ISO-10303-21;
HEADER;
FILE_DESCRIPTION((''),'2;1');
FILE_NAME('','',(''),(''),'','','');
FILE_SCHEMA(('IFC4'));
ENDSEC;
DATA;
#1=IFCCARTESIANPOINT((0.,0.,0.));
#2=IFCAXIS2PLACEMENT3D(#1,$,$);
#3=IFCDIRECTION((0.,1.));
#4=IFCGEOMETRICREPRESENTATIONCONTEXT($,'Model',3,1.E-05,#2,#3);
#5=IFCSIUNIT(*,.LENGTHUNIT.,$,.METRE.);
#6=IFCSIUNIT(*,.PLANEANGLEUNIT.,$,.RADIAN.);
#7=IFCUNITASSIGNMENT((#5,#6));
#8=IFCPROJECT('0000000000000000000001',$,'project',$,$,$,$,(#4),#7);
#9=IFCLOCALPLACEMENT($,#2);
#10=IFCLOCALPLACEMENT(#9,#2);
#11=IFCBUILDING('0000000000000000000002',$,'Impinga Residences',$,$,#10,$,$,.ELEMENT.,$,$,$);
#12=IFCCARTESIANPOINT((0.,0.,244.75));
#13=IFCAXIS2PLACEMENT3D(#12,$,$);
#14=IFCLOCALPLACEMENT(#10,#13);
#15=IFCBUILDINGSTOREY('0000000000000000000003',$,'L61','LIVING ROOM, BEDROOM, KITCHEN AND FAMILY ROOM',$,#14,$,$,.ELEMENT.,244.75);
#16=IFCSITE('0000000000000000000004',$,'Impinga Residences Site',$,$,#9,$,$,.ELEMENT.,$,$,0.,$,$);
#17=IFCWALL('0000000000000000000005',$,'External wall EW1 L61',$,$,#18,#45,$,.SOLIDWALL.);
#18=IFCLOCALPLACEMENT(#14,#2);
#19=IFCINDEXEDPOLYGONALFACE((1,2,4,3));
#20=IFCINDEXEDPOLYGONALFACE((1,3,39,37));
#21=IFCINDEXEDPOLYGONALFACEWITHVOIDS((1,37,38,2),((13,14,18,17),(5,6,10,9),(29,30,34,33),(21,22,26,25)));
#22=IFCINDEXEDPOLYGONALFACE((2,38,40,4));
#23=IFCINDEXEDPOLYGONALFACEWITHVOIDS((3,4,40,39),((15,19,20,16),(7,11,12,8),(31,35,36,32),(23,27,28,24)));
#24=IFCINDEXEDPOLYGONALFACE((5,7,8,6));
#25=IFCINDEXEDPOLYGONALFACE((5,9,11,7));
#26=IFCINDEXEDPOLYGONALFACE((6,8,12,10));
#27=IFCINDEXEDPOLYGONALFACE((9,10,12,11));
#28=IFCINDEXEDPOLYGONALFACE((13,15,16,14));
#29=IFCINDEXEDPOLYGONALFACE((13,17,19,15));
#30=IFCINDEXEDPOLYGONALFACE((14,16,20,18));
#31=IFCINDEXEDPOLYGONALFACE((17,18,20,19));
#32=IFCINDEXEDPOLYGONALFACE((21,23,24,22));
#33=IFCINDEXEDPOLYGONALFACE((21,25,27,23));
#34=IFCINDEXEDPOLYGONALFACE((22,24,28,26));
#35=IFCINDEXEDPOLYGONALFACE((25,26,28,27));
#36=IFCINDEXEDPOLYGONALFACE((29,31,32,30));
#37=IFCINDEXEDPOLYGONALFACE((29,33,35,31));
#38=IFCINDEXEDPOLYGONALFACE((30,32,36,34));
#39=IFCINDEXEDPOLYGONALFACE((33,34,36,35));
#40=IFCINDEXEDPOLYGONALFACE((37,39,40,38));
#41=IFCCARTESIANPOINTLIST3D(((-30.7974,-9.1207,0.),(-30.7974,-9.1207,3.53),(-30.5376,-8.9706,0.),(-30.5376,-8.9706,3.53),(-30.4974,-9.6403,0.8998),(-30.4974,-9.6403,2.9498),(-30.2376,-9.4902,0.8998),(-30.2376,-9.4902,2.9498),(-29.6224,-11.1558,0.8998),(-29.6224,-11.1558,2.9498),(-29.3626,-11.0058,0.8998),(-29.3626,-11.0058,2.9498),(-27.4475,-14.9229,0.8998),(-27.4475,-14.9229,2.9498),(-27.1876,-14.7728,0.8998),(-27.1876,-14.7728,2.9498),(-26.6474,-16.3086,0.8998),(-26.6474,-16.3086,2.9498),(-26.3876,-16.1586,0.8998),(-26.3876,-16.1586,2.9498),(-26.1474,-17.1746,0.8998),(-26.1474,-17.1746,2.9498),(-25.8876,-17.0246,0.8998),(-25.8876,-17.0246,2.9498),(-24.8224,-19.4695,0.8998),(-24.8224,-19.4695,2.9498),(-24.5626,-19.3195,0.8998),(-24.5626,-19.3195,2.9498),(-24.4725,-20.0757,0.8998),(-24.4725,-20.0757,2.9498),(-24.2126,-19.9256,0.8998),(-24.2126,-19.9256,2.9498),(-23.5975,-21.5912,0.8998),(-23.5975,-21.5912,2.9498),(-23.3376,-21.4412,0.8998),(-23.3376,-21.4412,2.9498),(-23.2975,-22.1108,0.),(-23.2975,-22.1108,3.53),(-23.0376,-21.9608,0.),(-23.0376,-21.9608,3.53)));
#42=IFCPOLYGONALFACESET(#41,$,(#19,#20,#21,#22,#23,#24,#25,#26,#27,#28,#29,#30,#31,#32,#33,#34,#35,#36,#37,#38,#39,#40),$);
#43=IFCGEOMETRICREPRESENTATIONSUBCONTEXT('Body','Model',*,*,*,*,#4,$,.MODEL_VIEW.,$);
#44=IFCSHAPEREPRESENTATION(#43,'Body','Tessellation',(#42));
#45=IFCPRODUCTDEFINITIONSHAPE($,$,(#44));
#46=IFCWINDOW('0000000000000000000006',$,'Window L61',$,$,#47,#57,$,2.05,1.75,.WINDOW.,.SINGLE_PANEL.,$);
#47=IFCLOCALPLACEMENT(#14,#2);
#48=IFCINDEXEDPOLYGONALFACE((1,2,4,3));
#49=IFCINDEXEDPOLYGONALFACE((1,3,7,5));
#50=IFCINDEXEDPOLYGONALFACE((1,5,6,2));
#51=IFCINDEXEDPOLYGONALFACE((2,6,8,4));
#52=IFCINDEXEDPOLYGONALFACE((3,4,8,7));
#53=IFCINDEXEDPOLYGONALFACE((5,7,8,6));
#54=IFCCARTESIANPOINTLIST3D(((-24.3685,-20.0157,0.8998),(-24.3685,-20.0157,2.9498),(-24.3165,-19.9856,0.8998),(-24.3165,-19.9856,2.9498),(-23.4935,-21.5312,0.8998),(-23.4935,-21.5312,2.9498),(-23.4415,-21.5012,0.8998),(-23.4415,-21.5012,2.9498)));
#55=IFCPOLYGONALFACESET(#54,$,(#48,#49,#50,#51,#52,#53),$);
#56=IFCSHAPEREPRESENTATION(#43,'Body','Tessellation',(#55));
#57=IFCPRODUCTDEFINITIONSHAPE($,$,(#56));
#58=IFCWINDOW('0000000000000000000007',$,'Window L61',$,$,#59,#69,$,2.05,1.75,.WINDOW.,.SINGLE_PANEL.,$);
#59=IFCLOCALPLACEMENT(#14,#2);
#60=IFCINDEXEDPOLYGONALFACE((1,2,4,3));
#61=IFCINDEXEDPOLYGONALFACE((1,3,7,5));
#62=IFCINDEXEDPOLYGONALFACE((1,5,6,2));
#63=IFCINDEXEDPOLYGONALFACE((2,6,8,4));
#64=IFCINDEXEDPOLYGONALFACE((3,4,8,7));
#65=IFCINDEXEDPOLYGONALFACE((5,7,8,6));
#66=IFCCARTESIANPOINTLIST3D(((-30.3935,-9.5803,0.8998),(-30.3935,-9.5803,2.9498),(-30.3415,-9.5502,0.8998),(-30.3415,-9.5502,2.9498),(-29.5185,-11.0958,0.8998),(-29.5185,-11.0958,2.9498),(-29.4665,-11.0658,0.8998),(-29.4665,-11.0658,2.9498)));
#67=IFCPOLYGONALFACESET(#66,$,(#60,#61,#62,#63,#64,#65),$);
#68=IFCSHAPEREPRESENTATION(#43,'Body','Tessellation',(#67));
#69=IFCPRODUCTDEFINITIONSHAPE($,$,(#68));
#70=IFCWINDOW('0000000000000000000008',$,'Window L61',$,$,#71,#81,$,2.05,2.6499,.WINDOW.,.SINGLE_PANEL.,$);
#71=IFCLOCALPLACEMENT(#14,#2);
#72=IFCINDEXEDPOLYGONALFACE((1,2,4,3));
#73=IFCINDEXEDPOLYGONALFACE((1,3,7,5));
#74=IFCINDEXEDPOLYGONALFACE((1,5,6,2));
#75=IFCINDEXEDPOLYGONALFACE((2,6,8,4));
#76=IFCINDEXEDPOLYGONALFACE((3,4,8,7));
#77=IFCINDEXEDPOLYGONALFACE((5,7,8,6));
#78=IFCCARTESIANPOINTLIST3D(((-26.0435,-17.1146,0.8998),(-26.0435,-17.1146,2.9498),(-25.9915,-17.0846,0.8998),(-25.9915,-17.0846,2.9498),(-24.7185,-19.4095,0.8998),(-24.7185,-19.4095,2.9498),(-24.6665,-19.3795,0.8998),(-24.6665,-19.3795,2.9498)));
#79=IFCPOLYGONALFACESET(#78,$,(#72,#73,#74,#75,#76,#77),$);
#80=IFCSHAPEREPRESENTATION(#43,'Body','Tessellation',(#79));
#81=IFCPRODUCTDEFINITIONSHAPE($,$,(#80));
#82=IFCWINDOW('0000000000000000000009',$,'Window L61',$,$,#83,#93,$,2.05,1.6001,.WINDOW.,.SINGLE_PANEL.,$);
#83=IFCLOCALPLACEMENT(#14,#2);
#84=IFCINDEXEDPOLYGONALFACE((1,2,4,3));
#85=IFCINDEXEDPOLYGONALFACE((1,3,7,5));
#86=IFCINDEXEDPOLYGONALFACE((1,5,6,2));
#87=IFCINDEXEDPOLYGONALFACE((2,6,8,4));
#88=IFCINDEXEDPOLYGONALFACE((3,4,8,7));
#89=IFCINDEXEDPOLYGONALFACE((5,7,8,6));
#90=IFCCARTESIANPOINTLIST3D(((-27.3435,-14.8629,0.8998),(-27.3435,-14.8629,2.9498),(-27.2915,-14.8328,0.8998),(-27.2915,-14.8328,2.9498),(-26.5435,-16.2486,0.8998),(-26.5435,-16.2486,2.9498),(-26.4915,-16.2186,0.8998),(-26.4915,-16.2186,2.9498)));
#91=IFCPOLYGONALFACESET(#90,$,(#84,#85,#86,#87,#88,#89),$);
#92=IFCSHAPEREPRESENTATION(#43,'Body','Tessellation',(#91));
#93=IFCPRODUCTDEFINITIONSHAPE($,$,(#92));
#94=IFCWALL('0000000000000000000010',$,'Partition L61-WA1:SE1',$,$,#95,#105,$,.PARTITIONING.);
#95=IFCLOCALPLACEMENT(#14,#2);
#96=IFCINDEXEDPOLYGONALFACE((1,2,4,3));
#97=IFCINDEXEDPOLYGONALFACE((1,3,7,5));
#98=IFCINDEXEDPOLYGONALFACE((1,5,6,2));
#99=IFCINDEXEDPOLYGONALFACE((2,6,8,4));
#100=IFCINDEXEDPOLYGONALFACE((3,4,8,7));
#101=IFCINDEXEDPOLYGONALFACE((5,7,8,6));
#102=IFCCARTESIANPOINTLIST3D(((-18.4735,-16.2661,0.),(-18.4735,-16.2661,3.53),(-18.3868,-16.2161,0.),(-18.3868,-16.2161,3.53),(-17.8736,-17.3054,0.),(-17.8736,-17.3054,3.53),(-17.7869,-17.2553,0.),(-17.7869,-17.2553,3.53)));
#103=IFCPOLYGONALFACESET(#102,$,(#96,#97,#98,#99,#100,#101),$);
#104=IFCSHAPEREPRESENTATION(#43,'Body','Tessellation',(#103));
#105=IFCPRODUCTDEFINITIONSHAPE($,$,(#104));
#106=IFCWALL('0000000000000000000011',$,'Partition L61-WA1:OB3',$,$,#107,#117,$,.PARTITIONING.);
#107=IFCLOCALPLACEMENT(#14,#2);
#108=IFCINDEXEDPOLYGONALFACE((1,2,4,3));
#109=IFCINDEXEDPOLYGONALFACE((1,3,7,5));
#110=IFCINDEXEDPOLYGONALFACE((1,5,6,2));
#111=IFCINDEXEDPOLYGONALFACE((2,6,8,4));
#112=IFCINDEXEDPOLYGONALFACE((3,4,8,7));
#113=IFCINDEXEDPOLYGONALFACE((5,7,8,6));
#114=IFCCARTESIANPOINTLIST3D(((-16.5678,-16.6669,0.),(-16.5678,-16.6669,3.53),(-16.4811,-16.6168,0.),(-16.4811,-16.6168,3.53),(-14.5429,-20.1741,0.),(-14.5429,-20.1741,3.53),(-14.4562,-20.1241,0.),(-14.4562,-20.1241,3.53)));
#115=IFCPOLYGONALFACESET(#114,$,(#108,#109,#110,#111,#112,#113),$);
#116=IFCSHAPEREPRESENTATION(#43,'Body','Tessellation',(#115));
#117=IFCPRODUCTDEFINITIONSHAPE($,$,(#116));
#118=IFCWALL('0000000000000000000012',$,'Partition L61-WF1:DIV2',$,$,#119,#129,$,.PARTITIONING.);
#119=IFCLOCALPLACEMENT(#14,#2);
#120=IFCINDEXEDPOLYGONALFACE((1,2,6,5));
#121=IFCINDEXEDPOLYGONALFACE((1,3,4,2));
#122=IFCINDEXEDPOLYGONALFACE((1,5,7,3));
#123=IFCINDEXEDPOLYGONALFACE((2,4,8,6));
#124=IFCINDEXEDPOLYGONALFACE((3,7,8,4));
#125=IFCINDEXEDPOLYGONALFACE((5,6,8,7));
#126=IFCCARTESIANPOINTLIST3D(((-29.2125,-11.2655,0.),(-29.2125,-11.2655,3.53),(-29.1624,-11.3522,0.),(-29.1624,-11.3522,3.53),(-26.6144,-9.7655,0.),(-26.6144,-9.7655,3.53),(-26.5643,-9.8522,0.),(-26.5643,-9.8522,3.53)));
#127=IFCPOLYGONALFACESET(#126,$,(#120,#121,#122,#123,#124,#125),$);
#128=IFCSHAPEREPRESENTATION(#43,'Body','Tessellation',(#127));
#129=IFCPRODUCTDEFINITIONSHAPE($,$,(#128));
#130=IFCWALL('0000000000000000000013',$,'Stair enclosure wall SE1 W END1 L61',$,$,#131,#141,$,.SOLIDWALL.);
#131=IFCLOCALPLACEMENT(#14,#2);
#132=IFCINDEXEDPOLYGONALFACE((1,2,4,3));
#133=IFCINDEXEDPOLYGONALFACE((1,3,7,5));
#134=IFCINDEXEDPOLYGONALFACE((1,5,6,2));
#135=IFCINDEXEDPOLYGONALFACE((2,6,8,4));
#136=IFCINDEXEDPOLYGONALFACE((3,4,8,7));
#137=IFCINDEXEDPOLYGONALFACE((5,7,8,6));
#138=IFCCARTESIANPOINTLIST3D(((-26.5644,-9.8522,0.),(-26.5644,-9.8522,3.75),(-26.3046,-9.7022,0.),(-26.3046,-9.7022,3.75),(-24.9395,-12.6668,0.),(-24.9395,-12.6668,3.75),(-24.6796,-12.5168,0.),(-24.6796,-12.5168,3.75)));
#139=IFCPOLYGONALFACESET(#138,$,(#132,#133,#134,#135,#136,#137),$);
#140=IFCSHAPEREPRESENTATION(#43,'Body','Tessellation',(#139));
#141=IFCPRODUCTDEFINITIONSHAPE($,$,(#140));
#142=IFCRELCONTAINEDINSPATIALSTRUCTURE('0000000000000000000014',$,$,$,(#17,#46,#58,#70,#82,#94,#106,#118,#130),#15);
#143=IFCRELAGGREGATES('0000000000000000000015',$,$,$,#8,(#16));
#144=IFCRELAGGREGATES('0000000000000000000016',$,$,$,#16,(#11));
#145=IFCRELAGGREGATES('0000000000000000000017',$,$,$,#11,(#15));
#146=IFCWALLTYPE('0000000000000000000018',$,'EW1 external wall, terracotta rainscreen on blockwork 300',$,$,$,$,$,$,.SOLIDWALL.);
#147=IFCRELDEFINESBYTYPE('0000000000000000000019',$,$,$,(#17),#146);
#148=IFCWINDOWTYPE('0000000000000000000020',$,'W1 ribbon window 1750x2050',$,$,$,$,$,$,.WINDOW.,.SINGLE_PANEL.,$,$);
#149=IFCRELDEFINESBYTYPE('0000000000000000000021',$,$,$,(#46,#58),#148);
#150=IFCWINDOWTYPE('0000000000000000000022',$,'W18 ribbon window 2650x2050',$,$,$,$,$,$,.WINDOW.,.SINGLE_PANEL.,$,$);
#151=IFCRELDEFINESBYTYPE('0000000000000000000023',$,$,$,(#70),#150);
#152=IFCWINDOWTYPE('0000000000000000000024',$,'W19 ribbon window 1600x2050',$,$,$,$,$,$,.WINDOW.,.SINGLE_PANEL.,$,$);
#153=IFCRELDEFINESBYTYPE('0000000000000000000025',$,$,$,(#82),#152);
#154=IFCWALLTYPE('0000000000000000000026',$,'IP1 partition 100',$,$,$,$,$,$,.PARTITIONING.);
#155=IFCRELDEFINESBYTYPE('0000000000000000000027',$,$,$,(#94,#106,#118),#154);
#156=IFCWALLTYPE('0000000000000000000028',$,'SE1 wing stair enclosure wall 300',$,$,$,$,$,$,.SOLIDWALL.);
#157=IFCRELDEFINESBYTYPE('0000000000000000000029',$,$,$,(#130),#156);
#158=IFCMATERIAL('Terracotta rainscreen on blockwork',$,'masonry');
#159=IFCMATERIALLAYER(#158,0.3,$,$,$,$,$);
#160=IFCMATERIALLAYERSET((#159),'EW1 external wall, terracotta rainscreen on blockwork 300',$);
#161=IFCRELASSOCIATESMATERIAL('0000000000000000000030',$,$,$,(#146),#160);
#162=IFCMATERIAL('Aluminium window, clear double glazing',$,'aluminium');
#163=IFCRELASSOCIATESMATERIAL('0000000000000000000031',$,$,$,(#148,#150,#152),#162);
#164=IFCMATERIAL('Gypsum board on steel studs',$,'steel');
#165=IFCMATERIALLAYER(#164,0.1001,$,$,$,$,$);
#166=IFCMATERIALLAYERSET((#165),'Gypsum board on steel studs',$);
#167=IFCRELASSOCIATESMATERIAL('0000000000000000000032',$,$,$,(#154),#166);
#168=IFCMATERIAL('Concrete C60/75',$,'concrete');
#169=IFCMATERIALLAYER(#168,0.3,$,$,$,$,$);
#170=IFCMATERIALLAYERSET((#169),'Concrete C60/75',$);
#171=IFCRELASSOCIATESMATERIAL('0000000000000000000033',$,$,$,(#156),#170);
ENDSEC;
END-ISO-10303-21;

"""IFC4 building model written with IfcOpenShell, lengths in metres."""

from ifc_helpers import new_model, si_unit, direction, frame, frame_2d, origin, place, context, subcontext, project, spatial, rectangle, extrude, material, layer, layer_set, type_object, element, fill, save


model = new_model("IFC4")

# Units and contexts
model_context = context("Model", 3, precision=1e-05, world=origin(), true_north=direction((0.0, 1.0)))
body_context = subcontext(model_context, "Body", "Model", "MODEL_VIEW")
ifc_project = project(units=[si_unit("LENGTHUNIT", "METRE"), si_unit("PLANEANGLEUNIT", "RADIAN")], contexts=[model_context])

# Site, building, storey
site_placement = place(None, origin())
site = spatial("IfcSite", under=ifc_project, at=site_placement, Name="Impinga Residences Site", CompositionType="ELEMENT", RefElevation=0.0)
building_placement = place(site_placement, origin())
building = spatial("IfcBuilding", under=site, at=building_placement, Name="Impinga Residences", CompositionType="ELEMENT")
storey_placement = place(building_placement, frame((0.0, 0.0, 244.75)))
storey = spatial("IfcBuildingStorey", under=building, at=storey_placement, Name="L61", Description="LIVING ROOM, BEDROOM, KITCHEN AND FAMILY ROOM", CompositionType="ELEMENT", Elevation=244.75)

# Shared definitions
ifc_material_1 = material(Name="Concrete C60/75", Category="concrete")

# Shared definitions
ifc_material_2 = material(Name="Terracotta rainscreen on blockwork", Category="masonry")
ifc_layer_1 = layer(ifc_material_2, 0.3)
ifc_layer_set_1 = layer_set([ifc_layer_1], Name="EW1 external wall, terracotta rainscreen on blockwork 300")
wall_type_1 = type_object("IfcWallType", Name="EW1 external wall, terracotta rainscreen on blockwork 300", PredefinedType="SOLIDWALL", material=ifc_layer_set_1)

# Wall, openings, windows
wall_1_placement = place(storey_placement, frame((-23.1675, -22.0359, 0.0), z_axis=(0.0, 0.0, 1.0), x_axis=(-0.500004, 0.866023, 0.0)))
wall_1 = element("IfcWall", 1, at=wall_1_placement, inside=storey, type_object=wall_type_1, Name="External wall EW1 L61", PredefinedType="SOLIDWALL", context=body_context, shape_type="SweptSolid", body=[
    extrude(rectangle(XDim=14.9998, YDim=0.3, at=frame_2d((7.5, 0.0))), origin(), (0.0, 0.0, 1.0), 3.53),
])
opening_1_placement = place(wall_1_placement, frame((0.6001, 0.0, 0.8999)))
opening_1 = element("IfcOpeningElement", 2, at=opening_1_placement, cuts=wall_1, PredefinedType="OPENING", context=body_context, shape_type="SweptSolid", body=[
    extrude(rectangle(XDim=1.75, YDim=2.05, at=frame_2d((0.875, 1.0249))), frame((0.0, 0.1599, 0.0), z_axis=(0.0, -1.0, 0.0), x_axis=(1.0, 0.0, 0.0)), (0.0, 0.0, 1.0), 0.3201),
])
opening_2_placement = place(wall_1_placement, frame((3.05, 0.0, 0.8999)))
opening_2 = element("IfcOpeningElement", 3, at=opening_2_placement, cuts=wall_1, PredefinedType="OPENING", context=body_context, shape_type="SweptSolid", body=[
    extrude(rectangle(XDim=2.6499, YDim=2.05, at=frame_2d((1.325, 1.0249))), frame((0.0, 0.1599, 0.0), z_axis=(0.0, -1.0, 0.0), x_axis=(1.0, 0.0, 0.0)), (0.0, 0.0, 1.0), 0.3201),
])
opening_3_placement = place(wall_1_placement, frame((6.7, 0.0, 0.8999)))
opening_3 = element("IfcOpeningElement", 4, at=opening_3_placement, cuts=wall_1, PredefinedType="OPENING", context=body_context, shape_type="SweptSolid", body=[
    extrude(rectangle(XDim=1.6001, YDim=2.05, at=frame_2d((0.8, 1.0249))), frame((0.0, 0.1599, 0.0), z_axis=(0.0, -1.0, 0.0), x_axis=(1.0, 0.0, 0.0)), (0.0, 0.0, 1.0), 0.3201),
])
opening_4_placement = place(wall_1_placement, frame((12.6499, 0.0, 0.8999)))
opening_4 = element("IfcOpeningElement", 5, at=opening_4_placement, cuts=wall_1, PredefinedType="OPENING", context=body_context, shape_type="SweptSolid", body=[
    extrude(rectangle(XDim=1.75, YDim=2.05, at=frame_2d((0.875, 1.0249))), frame((0.0, 0.1599, 0.0), z_axis=(0.0, -1.0, 0.0), x_axis=(1.0, 0.0, 0.0)), (0.0, 0.0, 1.0), 0.3201),
])
ifc_material_3 = material(Name="Aluminium window, clear double glazing", Category="aluminium")
window_type_1 = type_object("IfcWindowType", Name="W1 ribbon window 1750x2050", PartitioningType="SINGLE_PANEL", PredefinedType="WINDOW", material=ifc_material_3)
window_1_placement = place(opening_1_placement, origin())
window_1 = element("IfcWindow", 6, at=window_1_placement, inside=storey, type_object=window_type_1, Name="Window L61", OverallHeight=2.05, OverallWidth=1.75, PartitioningType="SINGLE_PANEL", PredefinedType="WINDOW", context=body_context, shape_type="SweptSolid", body=[
    extrude(rectangle(XDim=1.75, YDim=2.05, at=frame_2d((0.875, 1.0249))), frame((0.0, 0.03, 0.0), z_axis=(0.0, -1.0, 0.0), x_axis=(1.0, 0.0, 0.0)), (0.0, 0.0, 1.0), 0.0601),
])
fill(opening_1, window_1)
window_2_placement = place(opening_4_placement, origin())
window_2 = element("IfcWindow", 7, at=window_2_placement, inside=storey, type_object=window_type_1, Name="Window L61", OverallHeight=2.05, OverallWidth=1.75, PartitioningType="SINGLE_PANEL", PredefinedType="WINDOW", context=body_context, shape_type="SweptSolid", body=[
    extrude(rectangle(XDim=1.75, YDim=2.05, at=frame_2d((0.875, 1.0249))), frame((0.0, 0.03, 0.0), z_axis=(0.0, -1.0, 0.0), x_axis=(1.0, 0.0, 0.0)), (0.0, 0.0, 1.0), 0.0601),
])
fill(opening_4, window_2)
window_type_2 = type_object("IfcWindowType", Name="W18 ribbon window 2650x2050", PartitioningType="SINGLE_PANEL", PredefinedType="WINDOW", material=ifc_material_3)
window_3_placement = place(opening_2_placement, origin())
window_3 = element("IfcWindow", 8, at=window_3_placement, inside=storey, type_object=window_type_2, Name="Window L61", OverallHeight=2.05, OverallWidth=2.6499, PartitioningType="SINGLE_PANEL", PredefinedType="WINDOW", context=body_context, shape_type="SweptSolid", body=[
    extrude(rectangle(XDim=2.6499, YDim=2.05, at=frame_2d((1.325, 1.0249))), frame((0.0, 0.03, 0.0), z_axis=(0.0, -1.0, 0.0), x_axis=(1.0, 0.0, 0.0)), (0.0, 0.0, 1.0), 0.0601),
])
fill(opening_2, window_3)
window_type_3 = type_object("IfcWindowType", Name="W19 ribbon window 1600x2050", PartitioningType="SINGLE_PANEL", PredefinedType="WINDOW", material=ifc_material_3)
window_4_placement = place(opening_3_placement, origin())
window_4 = element("IfcWindow", 9, at=window_4_placement, inside=storey, type_object=window_type_3, Name="Window L61", OverallHeight=2.05, OverallWidth=1.6001, PartitioningType="SINGLE_PANEL", PredefinedType="WINDOW", context=body_context, shape_type="SweptSolid", body=[
    extrude(rectangle(XDim=1.6001, YDim=2.05, at=frame_2d((0.8, 1.0249))), frame((0.0, 0.03, 0.0), z_axis=(0.0, -1.0, 0.0), x_axis=(1.0, 0.0, 0.0)), (0.0, 0.0, 1.0), 0.0601),
])
fill(opening_3, window_4)

# Walls
ifc_material_4 = material(Name="Gypsum board on steel studs", Category="steel")
ifc_layer_2 = layer(ifc_material_4, 0.1001)
ifc_layer_set_2 = layer_set([ifc_layer_2], Name="Gypsum board on steel studs")
wall_type_2 = type_object("IfcWallType", Name="IP1 partition 100", PredefinedType="PARTITIONING", material=ifc_layer_set_2)
wall_2_placement = place(storey_placement, frame((-18.4302, -16.241, 0.0), z_axis=(0.0, 0.0, 1.0), x_axis=(0.499881, -0.866094, 0.0)))
element("IfcWall", 10, at=wall_2_placement, inside=storey, type_object=wall_type_2, Name="Partition L61-WA1:SE1", PredefinedType="PARTITIONING", context=body_context, shape_type="SweptSolid", body=[
    extrude(rectangle(XDim=1.2, YDim=0.1001, at=frame_2d((0.6001, 0.0))), origin(), (0.0, 0.0, 1.0), 3.53),
])
wall_3_placement = place(storey_placement, frame((-16.5244, -16.6418, 0.0), z_axis=(0.0, 0.0, 1.0), x_axis=(0.49999, -0.866031, 0.0)))
element("IfcWall", 11, at=wall_3_placement, inside=storey, type_object=wall_type_2, Name="Partition L61-WA1:OB3", PredefinedType="PARTITIONING", context=body_context, shape_type="SweptSolid", body=[
    extrude(rectangle(XDim=4.0498, YDim=0.1001, at=frame_2d((2.0249, 0.0))), origin(), (0.0, 0.0, 1.0), 3.53),
])
wall_4_placement = place(storey_placement, frame((-26.5894, -9.8088, 0.0), z_axis=(0.0, 0.0, 1.0), x_axis=(-0.866031, -0.49999, 0.0)))
element("IfcWall", 12, at=wall_4_placement, inside=storey, type_object=wall_type_2, Name="Partition L61-WF1:DIV2", PredefinedType="PARTITIONING", context=body_context, shape_type="SweptSolid", body=[
    extrude(rectangle(XDim=3.0, YDim=0.1001, at=frame_2d((1.5, 0.0))), origin(), (0.0, 0.0, 1.0), 3.53),
])
ifc_layer_3 = layer(ifc_material_1, 0.3)
ifc_layer_set_3 = layer_set([ifc_layer_3], Name="Concrete C60/75")
wall_type_3 = type_object("IfcWallType", Name="SE1 wing stair enclosure wall 300", PredefinedType="SOLIDWALL", material=ifc_layer_set_3)
wall_5_placement = place(storey_placement, frame((-24.8096, -12.5918, 0.0), z_axis=(0.0, 0.0, 1.0), x_axis=(-0.499985, 0.866034, 0.0)))
element("IfcWall", 13, at=wall_5_placement, inside=storey, type_object=wall_type_3, Name="Stair enclosure wall SE1 W END1 L61", PredefinedType="SOLIDWALL", context=body_context, shape_type="SweptSolid", body=[
    extrude(rectangle(XDim=3.25, YDim=0.3, at=frame_2d((1.625, 0.0))), origin(), (0.0, 0.0, 1.0), 3.75),
])

save(model, "model.ifc")
